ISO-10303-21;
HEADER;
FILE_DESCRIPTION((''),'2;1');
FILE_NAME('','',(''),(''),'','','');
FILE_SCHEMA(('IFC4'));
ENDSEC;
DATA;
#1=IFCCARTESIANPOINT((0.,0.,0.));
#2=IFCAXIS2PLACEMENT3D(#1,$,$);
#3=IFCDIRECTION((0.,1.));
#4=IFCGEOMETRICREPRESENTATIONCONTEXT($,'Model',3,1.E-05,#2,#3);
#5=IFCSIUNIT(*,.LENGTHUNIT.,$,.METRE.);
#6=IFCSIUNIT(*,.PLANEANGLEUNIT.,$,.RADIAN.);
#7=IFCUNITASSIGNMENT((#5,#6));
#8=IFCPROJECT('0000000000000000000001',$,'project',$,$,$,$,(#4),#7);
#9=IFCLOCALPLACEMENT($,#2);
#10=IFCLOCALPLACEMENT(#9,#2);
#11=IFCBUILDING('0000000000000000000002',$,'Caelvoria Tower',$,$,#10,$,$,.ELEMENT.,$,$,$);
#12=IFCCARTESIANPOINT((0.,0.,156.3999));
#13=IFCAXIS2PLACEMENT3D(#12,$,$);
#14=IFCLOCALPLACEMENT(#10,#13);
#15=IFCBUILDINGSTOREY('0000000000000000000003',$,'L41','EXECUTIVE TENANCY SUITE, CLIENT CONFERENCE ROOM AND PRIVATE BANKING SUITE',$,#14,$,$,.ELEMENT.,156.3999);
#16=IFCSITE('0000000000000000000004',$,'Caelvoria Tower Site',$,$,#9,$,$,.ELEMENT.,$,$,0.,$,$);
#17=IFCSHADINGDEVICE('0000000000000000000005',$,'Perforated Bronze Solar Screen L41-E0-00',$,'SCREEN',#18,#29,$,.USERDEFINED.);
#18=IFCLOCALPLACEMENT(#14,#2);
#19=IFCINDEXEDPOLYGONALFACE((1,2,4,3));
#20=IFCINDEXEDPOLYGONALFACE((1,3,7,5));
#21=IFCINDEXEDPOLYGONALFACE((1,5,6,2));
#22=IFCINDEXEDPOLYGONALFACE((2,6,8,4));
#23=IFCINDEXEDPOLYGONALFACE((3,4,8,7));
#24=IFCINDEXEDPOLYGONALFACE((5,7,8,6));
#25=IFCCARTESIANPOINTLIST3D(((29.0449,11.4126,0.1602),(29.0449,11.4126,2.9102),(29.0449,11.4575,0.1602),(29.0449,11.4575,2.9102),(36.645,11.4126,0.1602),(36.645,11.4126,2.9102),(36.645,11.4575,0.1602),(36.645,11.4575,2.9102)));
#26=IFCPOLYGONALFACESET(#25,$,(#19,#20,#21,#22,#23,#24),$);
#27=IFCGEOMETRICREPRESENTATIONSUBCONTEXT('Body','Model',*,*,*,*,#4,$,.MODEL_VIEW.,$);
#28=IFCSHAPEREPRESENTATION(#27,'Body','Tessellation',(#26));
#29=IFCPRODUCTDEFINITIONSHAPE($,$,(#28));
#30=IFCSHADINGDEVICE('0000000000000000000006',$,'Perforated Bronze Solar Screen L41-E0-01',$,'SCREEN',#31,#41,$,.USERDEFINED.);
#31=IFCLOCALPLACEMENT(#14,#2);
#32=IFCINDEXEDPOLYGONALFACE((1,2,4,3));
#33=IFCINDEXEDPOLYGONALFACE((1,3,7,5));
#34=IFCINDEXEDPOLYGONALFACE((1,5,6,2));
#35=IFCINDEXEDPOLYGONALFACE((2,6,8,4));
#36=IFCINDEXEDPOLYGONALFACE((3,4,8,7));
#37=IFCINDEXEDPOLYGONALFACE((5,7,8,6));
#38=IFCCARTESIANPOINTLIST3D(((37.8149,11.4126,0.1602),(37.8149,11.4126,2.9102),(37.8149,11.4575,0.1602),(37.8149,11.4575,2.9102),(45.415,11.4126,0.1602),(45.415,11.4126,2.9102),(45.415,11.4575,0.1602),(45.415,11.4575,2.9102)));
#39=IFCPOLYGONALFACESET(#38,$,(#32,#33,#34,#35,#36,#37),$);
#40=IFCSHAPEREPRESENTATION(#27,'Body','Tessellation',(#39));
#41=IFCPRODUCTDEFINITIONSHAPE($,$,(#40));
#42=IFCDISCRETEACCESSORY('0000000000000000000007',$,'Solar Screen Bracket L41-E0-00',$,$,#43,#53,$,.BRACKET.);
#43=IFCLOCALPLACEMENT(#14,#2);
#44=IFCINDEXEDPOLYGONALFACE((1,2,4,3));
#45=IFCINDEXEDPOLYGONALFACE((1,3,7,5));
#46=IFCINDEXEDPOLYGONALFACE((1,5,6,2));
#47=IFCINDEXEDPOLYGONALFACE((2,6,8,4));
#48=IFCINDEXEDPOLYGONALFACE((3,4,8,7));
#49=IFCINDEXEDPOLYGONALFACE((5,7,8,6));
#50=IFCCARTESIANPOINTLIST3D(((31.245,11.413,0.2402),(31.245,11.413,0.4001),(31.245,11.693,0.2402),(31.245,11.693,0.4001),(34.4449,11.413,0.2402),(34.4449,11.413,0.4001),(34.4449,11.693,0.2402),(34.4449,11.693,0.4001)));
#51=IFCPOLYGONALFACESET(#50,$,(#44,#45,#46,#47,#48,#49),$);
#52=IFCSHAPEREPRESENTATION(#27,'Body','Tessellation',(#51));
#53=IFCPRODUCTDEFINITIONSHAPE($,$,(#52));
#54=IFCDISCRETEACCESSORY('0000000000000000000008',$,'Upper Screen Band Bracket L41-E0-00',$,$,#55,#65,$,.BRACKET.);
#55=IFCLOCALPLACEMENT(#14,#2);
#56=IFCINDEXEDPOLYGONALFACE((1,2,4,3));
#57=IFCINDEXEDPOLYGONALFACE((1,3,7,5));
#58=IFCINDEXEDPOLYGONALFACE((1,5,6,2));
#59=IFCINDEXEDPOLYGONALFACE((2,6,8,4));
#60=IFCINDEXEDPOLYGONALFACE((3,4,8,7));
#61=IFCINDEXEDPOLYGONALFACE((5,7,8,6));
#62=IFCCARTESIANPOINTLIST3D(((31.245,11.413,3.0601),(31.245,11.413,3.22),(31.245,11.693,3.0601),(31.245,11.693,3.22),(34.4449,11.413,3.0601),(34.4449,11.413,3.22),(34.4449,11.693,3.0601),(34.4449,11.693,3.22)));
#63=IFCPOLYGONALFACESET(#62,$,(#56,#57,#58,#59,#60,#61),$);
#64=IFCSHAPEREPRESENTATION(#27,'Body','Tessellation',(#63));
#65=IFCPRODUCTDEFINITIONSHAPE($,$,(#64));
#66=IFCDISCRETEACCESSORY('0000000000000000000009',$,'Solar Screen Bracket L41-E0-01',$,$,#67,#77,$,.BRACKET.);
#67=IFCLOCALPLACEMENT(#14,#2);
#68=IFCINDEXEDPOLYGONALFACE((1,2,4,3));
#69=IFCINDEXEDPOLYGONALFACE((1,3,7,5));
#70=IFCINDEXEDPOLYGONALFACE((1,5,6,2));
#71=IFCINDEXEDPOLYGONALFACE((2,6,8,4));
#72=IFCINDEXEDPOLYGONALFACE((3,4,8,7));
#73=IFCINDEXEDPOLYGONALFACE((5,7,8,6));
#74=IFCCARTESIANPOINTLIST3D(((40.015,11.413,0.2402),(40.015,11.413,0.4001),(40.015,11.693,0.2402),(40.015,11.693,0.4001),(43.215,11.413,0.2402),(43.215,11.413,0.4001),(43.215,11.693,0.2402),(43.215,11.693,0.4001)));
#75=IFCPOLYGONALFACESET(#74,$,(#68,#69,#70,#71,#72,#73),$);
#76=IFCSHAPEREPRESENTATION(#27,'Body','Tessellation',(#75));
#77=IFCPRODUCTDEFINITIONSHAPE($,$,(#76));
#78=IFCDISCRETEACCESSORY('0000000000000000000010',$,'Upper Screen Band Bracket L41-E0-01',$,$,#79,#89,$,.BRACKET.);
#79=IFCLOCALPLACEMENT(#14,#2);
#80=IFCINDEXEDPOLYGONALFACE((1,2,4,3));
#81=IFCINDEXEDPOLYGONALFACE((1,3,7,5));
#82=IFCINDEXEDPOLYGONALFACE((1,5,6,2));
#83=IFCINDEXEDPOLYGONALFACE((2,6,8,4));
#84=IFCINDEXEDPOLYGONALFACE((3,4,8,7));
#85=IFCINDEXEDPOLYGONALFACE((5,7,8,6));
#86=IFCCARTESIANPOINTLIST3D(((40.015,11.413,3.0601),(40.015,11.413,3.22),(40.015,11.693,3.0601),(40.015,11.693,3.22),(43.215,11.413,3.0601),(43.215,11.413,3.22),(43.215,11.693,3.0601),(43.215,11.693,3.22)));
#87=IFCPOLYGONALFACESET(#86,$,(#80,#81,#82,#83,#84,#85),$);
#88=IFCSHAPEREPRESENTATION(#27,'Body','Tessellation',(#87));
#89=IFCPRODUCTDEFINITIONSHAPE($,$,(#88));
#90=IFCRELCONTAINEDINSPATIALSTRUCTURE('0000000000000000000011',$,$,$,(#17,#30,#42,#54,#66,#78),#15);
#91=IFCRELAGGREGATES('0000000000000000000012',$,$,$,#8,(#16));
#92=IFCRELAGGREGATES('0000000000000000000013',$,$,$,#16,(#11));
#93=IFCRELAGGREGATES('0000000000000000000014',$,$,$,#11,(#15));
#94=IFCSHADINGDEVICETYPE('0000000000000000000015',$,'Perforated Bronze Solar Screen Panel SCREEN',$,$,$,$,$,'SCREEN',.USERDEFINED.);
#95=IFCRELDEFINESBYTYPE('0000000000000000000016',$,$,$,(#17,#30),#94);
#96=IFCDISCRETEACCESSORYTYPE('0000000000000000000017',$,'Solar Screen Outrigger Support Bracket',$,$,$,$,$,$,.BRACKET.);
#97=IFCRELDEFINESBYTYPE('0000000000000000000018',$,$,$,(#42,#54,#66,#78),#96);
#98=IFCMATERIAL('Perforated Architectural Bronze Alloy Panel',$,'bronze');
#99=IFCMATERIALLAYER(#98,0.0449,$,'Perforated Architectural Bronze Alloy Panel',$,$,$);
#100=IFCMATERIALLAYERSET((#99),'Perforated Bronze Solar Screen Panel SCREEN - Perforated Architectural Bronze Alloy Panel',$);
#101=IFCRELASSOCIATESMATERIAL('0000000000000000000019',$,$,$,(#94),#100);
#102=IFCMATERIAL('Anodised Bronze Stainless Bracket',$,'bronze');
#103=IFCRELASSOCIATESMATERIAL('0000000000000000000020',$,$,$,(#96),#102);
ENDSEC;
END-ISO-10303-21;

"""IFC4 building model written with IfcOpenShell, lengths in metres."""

from ifc_helpers import new_model, si_unit, direction, frame, origin, origin_2d, place, context, subcontext, project, spatial, rectangle, extrude, material, layer, layer_set, type_object, element, save


model = new_model("IFC4")

# Units and contexts
model_context = context("Model", 3, precision=1e-05, world=origin(), true_north=direction((0.0, 1.0)))
body_context = subcontext(model_context, "Body", "Model", "MODEL_VIEW")
ifc_project = project(units=[si_unit("LENGTHUNIT", "METRE"), si_unit("PLANEANGLEUNIT", "RADIAN")], contexts=[model_context])

# Site, building, storey
site_placement = place(None, origin())
site = spatial("IfcSite", under=ifc_project, at=site_placement, Name="Caelvoria Tower Site", CompositionType="ELEMENT", RefElevation=0.0)
building_placement = place(site_placement, origin())
building = spatial("IfcBuilding", under=site, at=building_placement, Name="Caelvoria Tower", CompositionType="ELEMENT")
storey_placement = place(building_placement, frame((0.0, 0.0, 156.3999)))
storey = spatial("IfcBuildingStorey", under=building, at=storey_placement, Name="L41", Description="EXECUTIVE TENANCY SUITE, CLIENT CONFERENCE ROOM AND PRIVATE BANKING SUITE", CompositionType="ELEMENT", Elevation=156.3999)

# Shading devices
ifc_material_1 = material(Name="Perforated Architectural Bronze Alloy Panel", Category="bronze")
ifc_layer_1 = layer(ifc_material_1, 0.0449, Name="Perforated Architectural Bronze Alloy Panel")
ifc_layer_set_1 = layer_set([ifc_layer_1], Name="Perforated Bronze Solar Screen Panel SCREEN - Perforated Architectural Bronze Alloy Panel")
shading_device_type = type_object("IfcShadingDeviceType", Name="Perforated Bronze Solar Screen Panel SCREEN", ElementType="SCREEN", PredefinedType="USERDEFINED", material=ifc_layer_set_1)
for number, where, z_axis, x_axis, name in (
    (1, (32.845, 11.4351, 0.1602), (0.0, 0.0, 1.0), (1.0, 0.0, 0.0), "Perforated Bronze Solar Screen L41-E0-00"),
    (2, (41.615, 11.4351, 0.1602), (0.0, 0.0, 1.0), (1.0, 0.0, 0.0), "Perforated Bronze Solar Screen L41-E0-01"),
):
    element("IfcShadingDevice", number, at=place(storey_placement, frame(where, z_axis=z_axis, x_axis=x_axis)), inside=storey, type_object=shading_device_type, Name=name, ObjectType="SCREEN", PredefinedType="USERDEFINED", context=body_context, shape_type="SweptSolid", body=[
        extrude(rectangle(XDim=7.6001, YDim=0.0449, at=origin_2d()), origin(), (0.0, 0.0, 1.0), 2.75),
    ])

# Discrete accessories
ifc_material_2 = material(Name="Anodised Bronze Stainless Bracket", Category="bronze")
discrete_accessory_type = type_object("IfcDiscreteAccessoryType", Name="Solar Screen Outrigger Support Bracket", PredefinedType="BRACKET", material=ifc_material_2)
for number, where, z_axis, x_axis, name in (
    (3, (32.845, 11.553, 0.2402), (0.0, 0.0, 1.0), (1.0, 0.0, 0.0), "Solar Screen Bracket L41-E0-00"),
    (4, (32.845, 11.553, 3.0601), (0.0, 0.0, 1.0), (1.0, 0.0, 0.0), "Upper Screen Band Bracket L41-E0-00"),
    (5, (41.615, 11.553, 0.2402), (0.0, 0.0, 1.0), (1.0, 0.0, 0.0), "Solar Screen Bracket L41-E0-01"),
    (6, (41.615, 11.553, 3.0601), (0.0, 0.0, 1.0), (1.0, 0.0, 0.0), "Upper Screen Band Bracket L41-E0-01"),
):
    element("IfcDiscreteAccessory", number, at=place(storey_placement, frame(where, z_axis=z_axis, x_axis=x_axis)), inside=storey, type_object=discrete_accessory_type, Name=name, PredefinedType="BRACKET", context=body_context, shape_type="SweptSolid", body=[
        extrude(rectangle(XDim=3.2, YDim=0.28, at=origin_2d()), origin(), (0.0, 0.0, 1.0), 0.1599),
    ])

save(model, "model.ifc")
